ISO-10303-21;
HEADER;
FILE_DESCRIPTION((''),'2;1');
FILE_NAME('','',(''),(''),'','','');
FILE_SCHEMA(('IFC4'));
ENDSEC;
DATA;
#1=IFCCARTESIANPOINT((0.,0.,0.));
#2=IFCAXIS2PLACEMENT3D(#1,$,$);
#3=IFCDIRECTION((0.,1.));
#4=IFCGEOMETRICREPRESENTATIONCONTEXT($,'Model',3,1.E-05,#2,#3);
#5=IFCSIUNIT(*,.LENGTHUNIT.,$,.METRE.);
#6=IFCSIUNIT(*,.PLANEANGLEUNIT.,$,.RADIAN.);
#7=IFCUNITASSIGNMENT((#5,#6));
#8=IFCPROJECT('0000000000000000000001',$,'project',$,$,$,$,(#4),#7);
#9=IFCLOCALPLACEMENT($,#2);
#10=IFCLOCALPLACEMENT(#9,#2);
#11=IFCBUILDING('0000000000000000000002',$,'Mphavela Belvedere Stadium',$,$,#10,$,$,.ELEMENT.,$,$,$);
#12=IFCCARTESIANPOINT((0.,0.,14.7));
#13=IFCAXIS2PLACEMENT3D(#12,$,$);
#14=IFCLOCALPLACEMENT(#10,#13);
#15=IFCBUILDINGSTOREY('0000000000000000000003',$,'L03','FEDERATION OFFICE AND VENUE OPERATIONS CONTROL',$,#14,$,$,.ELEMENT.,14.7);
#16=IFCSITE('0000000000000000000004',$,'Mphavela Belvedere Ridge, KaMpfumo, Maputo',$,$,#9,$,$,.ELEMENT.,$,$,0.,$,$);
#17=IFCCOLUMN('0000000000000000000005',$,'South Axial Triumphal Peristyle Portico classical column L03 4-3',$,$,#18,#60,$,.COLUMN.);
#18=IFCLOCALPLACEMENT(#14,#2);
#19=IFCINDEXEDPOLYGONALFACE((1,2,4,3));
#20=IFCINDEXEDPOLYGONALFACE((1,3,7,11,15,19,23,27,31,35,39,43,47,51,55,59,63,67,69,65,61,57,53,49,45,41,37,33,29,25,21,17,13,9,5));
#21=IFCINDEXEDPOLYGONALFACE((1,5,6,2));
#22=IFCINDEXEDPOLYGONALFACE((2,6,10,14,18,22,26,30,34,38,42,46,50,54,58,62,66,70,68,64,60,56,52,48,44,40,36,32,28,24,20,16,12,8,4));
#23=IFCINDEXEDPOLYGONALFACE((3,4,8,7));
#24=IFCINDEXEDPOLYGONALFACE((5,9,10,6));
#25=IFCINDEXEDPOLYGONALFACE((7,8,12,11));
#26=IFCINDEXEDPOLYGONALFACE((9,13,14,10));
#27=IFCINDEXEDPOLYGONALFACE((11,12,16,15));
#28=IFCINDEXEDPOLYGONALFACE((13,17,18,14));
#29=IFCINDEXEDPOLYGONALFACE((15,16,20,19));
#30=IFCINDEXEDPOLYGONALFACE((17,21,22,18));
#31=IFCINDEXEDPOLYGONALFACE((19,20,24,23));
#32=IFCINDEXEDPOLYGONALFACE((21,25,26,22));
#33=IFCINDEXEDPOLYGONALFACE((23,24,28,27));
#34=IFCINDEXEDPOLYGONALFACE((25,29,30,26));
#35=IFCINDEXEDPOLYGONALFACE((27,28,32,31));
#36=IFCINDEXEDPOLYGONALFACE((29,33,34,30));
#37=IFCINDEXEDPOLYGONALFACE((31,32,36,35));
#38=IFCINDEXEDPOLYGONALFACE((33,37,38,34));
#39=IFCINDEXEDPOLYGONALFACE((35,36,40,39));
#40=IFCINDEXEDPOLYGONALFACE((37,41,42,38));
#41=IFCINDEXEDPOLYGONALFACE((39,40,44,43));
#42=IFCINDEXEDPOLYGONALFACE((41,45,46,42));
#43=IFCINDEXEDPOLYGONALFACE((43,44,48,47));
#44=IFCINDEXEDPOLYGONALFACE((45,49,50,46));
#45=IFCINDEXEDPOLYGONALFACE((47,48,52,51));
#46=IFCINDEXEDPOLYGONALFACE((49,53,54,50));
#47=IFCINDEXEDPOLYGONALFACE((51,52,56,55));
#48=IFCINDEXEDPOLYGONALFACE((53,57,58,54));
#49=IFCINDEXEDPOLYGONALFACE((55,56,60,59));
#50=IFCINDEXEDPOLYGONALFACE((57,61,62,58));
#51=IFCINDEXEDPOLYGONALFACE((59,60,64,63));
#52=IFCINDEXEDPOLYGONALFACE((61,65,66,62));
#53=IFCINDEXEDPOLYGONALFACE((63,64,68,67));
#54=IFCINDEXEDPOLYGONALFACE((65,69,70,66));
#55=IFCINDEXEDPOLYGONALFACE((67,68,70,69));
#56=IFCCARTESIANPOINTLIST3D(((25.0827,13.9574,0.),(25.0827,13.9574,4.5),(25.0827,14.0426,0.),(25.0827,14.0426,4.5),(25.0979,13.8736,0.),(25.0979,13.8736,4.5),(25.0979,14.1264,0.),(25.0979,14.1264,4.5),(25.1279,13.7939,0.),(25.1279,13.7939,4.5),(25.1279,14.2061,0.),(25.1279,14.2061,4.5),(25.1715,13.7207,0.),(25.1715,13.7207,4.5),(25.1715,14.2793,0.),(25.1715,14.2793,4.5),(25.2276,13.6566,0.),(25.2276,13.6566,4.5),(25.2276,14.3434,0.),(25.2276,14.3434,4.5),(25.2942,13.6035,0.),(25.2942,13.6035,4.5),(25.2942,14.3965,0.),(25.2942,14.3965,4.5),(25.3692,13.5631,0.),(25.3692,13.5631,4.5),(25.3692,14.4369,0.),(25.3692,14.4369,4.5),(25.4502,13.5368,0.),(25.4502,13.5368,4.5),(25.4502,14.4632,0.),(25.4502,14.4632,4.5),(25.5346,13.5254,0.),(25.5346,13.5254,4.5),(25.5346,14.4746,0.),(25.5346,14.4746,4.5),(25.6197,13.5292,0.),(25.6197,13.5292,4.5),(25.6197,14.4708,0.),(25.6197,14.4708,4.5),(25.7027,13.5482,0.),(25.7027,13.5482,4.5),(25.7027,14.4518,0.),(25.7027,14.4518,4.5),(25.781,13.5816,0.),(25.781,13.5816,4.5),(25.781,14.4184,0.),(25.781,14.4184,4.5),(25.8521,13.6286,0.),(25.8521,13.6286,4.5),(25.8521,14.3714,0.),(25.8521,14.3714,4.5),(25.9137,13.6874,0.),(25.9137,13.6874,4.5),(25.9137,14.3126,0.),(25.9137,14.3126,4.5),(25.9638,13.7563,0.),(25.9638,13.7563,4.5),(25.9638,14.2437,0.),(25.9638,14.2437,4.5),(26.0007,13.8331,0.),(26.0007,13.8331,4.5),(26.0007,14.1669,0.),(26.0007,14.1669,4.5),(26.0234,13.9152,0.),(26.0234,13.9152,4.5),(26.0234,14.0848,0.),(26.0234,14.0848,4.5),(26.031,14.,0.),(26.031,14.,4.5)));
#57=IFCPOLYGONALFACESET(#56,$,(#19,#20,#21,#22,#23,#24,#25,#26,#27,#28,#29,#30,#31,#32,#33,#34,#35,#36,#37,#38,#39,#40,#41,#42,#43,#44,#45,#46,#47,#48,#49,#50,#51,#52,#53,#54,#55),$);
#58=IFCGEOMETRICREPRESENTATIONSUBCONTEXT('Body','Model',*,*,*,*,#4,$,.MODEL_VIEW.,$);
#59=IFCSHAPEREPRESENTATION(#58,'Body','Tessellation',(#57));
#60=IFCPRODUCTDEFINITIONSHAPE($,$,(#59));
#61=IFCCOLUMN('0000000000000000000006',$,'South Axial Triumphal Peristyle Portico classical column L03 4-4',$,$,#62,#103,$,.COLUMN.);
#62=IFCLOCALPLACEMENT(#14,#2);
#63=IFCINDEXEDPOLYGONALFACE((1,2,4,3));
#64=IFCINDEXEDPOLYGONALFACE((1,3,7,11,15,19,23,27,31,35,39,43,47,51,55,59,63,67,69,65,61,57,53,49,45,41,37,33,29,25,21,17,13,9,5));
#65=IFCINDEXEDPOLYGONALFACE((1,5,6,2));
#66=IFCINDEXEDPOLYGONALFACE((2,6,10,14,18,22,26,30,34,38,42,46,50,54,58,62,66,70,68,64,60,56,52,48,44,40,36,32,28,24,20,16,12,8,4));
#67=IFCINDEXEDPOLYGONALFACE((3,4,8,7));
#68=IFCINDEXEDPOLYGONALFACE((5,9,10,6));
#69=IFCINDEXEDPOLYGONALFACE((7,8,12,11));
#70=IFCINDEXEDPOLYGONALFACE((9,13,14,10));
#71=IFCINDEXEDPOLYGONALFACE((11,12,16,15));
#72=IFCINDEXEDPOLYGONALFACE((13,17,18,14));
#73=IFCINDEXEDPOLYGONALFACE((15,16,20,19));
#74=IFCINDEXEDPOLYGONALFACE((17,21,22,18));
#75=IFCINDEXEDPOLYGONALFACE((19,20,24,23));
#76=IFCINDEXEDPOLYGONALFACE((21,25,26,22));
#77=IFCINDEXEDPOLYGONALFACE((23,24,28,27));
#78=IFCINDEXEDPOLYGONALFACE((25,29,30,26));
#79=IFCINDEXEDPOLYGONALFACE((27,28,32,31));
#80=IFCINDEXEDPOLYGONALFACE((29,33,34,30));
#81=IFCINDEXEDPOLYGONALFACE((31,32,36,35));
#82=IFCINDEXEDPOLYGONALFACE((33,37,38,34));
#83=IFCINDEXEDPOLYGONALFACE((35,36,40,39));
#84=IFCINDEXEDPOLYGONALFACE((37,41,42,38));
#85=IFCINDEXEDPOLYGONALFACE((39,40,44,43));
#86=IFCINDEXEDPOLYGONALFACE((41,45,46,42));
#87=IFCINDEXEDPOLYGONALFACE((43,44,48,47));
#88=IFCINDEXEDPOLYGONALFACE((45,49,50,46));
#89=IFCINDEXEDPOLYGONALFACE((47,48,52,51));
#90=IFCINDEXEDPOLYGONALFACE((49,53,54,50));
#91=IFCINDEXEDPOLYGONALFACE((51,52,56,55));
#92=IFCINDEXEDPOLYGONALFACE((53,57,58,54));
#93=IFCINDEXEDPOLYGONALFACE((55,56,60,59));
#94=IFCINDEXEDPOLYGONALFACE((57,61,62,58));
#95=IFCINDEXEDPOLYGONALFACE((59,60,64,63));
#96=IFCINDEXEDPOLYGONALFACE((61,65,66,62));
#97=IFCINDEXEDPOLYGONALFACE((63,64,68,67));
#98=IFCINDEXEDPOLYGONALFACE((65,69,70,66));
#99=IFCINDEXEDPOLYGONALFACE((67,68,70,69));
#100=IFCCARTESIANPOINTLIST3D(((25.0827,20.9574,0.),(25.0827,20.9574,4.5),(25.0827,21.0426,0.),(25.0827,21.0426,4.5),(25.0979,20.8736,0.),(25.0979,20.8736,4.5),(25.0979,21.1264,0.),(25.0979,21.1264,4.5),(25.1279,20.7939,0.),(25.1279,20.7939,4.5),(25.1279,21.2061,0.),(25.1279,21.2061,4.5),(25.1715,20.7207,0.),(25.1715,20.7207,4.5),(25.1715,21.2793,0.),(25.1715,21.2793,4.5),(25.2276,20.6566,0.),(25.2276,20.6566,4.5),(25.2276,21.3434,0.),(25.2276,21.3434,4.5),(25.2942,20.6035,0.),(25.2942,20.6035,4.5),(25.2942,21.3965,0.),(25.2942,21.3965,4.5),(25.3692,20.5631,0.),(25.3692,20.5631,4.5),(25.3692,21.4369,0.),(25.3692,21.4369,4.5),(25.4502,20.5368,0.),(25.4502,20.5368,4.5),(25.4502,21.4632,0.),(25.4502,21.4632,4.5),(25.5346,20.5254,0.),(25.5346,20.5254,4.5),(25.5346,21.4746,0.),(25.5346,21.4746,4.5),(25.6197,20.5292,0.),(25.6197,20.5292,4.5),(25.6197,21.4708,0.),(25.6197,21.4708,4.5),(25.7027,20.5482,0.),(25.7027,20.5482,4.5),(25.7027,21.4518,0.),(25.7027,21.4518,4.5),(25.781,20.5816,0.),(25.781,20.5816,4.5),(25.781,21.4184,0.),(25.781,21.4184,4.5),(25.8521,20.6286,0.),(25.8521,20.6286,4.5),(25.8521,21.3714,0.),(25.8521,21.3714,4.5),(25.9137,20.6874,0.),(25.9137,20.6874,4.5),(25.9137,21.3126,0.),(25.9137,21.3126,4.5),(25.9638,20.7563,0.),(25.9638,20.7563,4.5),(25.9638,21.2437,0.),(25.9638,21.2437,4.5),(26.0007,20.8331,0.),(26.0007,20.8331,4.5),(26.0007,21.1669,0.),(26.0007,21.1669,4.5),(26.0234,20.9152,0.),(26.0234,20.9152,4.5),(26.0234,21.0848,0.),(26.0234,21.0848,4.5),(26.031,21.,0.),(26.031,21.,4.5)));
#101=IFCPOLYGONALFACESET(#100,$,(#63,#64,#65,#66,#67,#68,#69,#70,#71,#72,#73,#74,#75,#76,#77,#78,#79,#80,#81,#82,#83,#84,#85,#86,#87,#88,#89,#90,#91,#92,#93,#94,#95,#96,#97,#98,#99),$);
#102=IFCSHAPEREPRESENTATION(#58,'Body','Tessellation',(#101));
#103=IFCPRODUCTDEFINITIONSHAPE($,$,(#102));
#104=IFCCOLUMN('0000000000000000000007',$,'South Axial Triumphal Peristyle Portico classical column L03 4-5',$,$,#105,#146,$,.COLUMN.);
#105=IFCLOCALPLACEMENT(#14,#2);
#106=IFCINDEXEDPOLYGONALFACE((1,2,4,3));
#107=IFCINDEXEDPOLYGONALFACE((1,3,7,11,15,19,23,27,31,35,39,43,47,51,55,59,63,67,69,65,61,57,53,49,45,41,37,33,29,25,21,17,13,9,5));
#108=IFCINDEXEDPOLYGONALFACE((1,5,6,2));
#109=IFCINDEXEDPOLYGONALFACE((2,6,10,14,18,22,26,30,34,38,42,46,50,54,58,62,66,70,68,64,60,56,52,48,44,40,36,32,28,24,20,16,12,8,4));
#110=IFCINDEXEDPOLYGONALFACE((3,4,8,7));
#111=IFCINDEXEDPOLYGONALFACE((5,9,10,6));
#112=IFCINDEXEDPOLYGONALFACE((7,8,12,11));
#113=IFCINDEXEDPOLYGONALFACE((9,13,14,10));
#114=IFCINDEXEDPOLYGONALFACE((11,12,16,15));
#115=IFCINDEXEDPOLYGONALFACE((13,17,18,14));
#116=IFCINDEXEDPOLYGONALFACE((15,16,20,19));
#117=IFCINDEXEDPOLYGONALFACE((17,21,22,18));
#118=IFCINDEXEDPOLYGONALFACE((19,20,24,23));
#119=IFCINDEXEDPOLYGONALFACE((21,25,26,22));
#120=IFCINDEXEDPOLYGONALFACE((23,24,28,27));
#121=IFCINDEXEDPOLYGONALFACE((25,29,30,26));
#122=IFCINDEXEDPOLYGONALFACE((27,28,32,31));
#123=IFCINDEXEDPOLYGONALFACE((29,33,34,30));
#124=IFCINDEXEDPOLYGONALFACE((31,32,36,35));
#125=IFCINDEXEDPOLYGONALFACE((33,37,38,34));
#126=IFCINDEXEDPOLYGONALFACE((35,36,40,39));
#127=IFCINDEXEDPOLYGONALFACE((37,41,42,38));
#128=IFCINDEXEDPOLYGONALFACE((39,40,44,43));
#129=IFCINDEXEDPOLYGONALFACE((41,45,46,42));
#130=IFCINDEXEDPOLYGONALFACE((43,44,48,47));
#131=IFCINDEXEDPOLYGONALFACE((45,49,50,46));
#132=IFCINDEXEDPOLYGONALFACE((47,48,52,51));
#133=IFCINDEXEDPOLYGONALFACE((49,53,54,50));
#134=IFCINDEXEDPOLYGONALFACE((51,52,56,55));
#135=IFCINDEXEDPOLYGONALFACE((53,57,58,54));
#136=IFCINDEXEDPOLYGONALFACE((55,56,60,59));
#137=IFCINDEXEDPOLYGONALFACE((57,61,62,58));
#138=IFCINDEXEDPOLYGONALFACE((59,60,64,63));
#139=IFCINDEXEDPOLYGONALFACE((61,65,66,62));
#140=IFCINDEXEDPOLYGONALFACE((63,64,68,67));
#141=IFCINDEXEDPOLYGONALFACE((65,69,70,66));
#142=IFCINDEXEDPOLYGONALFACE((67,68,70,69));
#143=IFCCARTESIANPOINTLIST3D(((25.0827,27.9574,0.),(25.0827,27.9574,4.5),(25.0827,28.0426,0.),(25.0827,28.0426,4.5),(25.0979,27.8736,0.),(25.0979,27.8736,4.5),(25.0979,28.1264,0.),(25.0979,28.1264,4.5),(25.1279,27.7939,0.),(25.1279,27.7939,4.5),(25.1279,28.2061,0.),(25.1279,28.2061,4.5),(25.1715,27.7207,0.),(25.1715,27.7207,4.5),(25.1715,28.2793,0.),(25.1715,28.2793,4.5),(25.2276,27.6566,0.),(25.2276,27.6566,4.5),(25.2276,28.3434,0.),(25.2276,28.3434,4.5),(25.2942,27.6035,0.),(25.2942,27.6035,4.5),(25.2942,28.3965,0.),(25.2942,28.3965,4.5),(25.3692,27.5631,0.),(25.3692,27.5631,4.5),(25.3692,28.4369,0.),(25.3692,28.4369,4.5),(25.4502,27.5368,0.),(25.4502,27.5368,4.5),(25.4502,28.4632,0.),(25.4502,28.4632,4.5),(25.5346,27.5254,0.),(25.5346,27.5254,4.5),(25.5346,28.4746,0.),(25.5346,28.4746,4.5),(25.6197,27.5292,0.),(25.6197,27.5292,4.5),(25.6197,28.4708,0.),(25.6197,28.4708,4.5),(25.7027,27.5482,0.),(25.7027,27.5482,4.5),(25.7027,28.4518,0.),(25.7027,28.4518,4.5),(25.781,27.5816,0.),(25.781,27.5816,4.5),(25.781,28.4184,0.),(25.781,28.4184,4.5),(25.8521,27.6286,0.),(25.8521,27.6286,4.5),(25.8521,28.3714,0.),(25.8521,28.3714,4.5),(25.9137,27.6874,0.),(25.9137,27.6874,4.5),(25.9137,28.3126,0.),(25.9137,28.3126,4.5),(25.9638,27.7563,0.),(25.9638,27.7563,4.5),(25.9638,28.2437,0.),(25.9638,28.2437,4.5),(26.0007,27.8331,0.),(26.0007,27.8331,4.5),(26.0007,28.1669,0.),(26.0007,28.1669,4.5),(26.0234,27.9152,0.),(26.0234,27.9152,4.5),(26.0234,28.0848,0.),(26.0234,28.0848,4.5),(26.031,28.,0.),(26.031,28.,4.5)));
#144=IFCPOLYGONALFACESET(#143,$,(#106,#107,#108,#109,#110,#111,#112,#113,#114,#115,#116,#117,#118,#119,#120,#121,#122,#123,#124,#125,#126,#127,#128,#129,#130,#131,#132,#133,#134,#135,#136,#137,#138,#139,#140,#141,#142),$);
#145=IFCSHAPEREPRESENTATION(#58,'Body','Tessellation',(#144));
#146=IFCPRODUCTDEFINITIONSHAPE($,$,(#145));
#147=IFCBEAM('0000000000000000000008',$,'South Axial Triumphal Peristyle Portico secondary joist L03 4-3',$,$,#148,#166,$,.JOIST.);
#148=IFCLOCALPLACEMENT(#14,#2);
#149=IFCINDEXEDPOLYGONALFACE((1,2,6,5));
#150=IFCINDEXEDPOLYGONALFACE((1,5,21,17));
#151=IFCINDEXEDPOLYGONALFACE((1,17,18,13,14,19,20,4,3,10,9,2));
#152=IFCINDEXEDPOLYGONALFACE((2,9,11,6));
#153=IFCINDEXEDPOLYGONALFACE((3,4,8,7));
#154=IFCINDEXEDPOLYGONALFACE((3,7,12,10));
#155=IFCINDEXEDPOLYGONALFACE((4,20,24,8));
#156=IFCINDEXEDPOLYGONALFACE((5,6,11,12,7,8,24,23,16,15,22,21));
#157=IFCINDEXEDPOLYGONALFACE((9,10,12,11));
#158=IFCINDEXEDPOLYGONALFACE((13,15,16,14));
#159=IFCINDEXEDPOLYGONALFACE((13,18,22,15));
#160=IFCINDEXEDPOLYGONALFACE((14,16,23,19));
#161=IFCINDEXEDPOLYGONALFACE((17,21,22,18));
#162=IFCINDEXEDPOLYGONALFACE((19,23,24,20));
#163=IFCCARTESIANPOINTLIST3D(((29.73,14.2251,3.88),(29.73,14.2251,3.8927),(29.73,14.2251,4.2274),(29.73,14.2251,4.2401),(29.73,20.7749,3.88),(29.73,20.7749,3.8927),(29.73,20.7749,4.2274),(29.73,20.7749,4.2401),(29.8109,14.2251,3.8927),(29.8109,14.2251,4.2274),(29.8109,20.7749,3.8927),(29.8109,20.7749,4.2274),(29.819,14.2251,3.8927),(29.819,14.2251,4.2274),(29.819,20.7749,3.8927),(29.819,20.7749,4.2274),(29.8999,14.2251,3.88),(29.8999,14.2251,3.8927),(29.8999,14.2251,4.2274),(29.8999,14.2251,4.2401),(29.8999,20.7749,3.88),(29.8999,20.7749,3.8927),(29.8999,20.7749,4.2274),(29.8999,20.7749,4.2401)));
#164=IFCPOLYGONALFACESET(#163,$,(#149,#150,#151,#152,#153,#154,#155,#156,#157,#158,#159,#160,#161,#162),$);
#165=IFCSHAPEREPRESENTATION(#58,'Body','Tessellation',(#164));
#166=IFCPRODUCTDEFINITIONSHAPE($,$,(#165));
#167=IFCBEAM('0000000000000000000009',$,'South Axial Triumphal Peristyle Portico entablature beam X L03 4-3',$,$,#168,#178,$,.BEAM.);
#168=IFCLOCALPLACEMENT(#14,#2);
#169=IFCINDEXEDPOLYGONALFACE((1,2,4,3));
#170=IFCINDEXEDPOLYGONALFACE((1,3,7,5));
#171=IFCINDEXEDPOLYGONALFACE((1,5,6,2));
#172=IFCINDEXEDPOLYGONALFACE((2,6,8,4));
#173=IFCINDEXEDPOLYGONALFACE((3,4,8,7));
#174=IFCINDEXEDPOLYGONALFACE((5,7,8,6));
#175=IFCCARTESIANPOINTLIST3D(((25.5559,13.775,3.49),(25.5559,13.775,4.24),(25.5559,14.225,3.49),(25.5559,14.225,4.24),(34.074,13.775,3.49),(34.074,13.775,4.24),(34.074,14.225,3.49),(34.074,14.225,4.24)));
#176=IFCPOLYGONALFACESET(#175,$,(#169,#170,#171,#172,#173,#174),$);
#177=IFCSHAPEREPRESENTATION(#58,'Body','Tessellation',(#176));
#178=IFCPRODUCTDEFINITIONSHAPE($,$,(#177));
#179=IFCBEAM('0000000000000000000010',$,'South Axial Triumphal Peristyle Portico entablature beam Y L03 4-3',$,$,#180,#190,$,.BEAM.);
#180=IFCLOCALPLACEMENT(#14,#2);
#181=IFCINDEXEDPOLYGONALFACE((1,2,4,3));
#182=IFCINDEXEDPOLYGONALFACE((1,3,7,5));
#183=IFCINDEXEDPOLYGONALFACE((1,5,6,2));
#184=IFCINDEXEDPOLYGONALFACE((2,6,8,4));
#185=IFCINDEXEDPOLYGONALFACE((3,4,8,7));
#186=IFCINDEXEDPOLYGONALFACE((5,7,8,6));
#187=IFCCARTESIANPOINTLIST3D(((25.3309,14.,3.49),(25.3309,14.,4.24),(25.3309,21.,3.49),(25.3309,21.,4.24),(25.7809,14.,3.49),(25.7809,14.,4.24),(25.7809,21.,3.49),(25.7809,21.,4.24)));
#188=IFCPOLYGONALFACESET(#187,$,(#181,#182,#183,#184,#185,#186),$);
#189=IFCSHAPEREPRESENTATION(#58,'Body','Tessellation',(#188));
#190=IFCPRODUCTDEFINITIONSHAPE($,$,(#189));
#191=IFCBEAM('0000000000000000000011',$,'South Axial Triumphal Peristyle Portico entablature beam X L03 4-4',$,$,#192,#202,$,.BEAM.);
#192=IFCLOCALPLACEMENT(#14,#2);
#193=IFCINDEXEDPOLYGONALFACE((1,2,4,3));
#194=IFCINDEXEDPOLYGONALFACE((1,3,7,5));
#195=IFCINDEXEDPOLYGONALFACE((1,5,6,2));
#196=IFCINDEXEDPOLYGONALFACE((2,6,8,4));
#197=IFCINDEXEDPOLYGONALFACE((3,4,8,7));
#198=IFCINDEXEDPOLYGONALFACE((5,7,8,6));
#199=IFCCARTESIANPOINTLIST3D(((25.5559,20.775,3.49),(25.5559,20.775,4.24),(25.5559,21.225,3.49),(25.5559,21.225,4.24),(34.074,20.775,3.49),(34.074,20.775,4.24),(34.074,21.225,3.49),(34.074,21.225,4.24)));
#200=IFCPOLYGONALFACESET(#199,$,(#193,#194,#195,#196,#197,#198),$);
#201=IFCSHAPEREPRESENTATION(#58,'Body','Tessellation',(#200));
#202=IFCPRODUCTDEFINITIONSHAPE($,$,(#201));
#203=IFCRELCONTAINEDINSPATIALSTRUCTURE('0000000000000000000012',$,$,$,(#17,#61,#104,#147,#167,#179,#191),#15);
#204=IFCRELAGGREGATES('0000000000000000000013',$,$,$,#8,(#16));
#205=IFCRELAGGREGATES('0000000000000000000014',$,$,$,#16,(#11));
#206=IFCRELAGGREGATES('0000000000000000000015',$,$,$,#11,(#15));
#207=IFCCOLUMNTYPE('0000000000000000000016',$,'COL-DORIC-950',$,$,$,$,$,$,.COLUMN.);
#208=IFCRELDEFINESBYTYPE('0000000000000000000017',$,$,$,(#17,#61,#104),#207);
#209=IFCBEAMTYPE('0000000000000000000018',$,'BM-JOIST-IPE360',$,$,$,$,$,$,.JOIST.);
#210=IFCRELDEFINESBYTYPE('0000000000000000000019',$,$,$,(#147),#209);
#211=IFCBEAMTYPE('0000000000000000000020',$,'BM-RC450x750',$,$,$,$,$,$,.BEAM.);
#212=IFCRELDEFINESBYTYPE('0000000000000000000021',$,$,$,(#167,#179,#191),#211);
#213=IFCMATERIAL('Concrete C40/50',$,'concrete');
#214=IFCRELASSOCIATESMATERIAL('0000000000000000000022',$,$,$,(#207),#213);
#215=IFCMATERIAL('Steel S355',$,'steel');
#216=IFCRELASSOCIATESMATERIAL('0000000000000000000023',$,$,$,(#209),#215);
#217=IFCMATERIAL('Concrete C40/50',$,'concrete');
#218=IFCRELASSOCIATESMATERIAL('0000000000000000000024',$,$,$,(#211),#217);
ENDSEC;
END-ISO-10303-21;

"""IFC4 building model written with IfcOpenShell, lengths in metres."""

from ifc_helpers import new_model, si_unit, direction, frame, origin, origin_2d, place, context, subcontext, project, spatial, rectangle, circle, i_section, extrude, material, material_profile, profile_set, type_object, element, save


model = new_model("IFC4")

# Units and contexts
model_context = context("Model", 3, precision=1e-05, world=origin(), true_north=direction((0.0, 1.0)))
body_context = subcontext(model_context, "Body", "Model", "MODEL_VIEW")
ifc_project = project(units=[si_unit("LENGTHUNIT", "METRE"), si_unit("PLANEANGLEUNIT", "RADIAN")], contexts=[model_context])

# Site, building, storey
site_placement = place(None, origin())
site = spatial("IfcSite", under=ifc_project, at=site_placement, Name="Mphavela Belvedere Ridge, KaMpfumo, Maputo", CompositionType="ELEMENT", RefElevation=0.0)
building_placement = place(site_placement, origin())
building = spatial("IfcBuilding", under=site, at=building_placement, Name="Mphavela Belvedere Stadium", CompositionType="ELEMENT")
storey_placement = place(building_placement, frame((0.0, 0.0, 14.7)))
storey = spatial("IfcBuildingStorey", under=building, at=storey_placement, Name="L03", Description="FEDERATION OFFICE AND VENUE OPERATIONS CONTROL", CompositionType="ELEMENT", Elevation=14.7)

# Columns
ifc_material_1 = material(Name="Concrete C40/50", Category="concrete")
ifc_material_profile_1 = material_profile(ifc_material_1, circle(Radius=0.4751, at=origin_2d()), Name="COL D950")
ifc_profile_set_1 = profile_set([ifc_material_profile_1], Name="Concrete C40/50")
column_type = type_object("IfcColumnType", Name="COL-DORIC-950", PredefinedType="COLUMN", material=ifc_profile_set_1)
for number, where, z_axis, x_axis, name in (
    (1, (25.5559, 14.0, 0.0), (0.0, 0.0, 1.0), (1.0, 0.0, 0.0), "South Axial Triumphal Peristyle Portico classical column L03 4-3"),
    (2, (25.5559, 21.0, 0.0), (0.0, 0.0, 1.0), (1.0, 0.0, 0.0), "South Axial Triumphal Peristyle Portico classical column L03 4-4"),
    (3, (25.5559, 28.0, 0.0), (0.0, 0.0, 1.0), (1.0, 0.0, 0.0), "South Axial Triumphal Peristyle Portico classical column L03 4-5"),
):
    element("IfcColumn", number, at=place(storey_placement, frame(where, z_axis=z_axis, x_axis=x_axis)), inside=storey, type_object=column_type, Name=name, PredefinedType="COLUMN", context=body_context, shape_type="SweptSolid", body=[
        extrude(circle(Radius=0.4751, at=origin_2d()), origin(), (0.0, 0.0, 1.0), 4.5),
    ])

# Beams
ifc_material_2 = material(Name="Steel S355", Category="steel")
ifc_material_profile_2 = material_profile(ifc_material_2, i_section(OverallWidth=0.1699, OverallDepth=0.3601, WebThickness=0.0081, FlangeThickness=0.0127, at=origin_2d()), Name="IPE 360")
ifc_profile_set_2 = profile_set([ifc_material_profile_2], Name="Steel S355")
beam_type_1 = type_object("IfcBeamType", Name="BM-JOIST-IPE360", PredefinedType="JOIST", material=ifc_profile_set_2)
beam_1_placement = place(storey_placement, frame((29.8149, 14.2251, 4.0601), z_axis=(0.0, 1.0, 0.0), x_axis=(-1.0, 0.0, 0.0)))
element("IfcBeam", 4, at=beam_1_placement, inside=storey, type_object=beam_type_1, Name="South Axial Triumphal Peristyle Portico secondary joist L03 4-3", PredefinedType="JOIST", context=body_context, shape_type="SweptSolid", body=[
    extrude(i_section(OverallWidth=0.1699, OverallDepth=0.3601, WebThickness=0.0081, FlangeThickness=0.0127, at=origin_2d()), origin(), (0.0, 0.0, 1.0), 6.5498),
])
ifc_material_3 = material(Name="Concrete C40/50", Category="concrete")
ifc_material_profile_3 = material_profile(ifc_material_3, rectangle(XDim=0.45, YDim=0.75, at=origin_2d()), Name="RC 450x750")
ifc_profile_set_3 = profile_set([ifc_material_profile_3], Name="Concrete C40/50")
beam_type_2 = type_object("IfcBeamType", Name="BM-RC450x750", PredefinedType="BEAM", material=ifc_profile_set_3)
beam_2_placement = place(storey_placement, frame((25.5559, 14.0, 3.865), z_axis=(1.0, 0.0, 0.0), x_axis=(0.0, 1.0, 0.0)))
element("IfcBeam", 5, at=beam_2_placement, inside=storey, type_object=beam_type_2, Name="South Axial Triumphal Peristyle Portico entablature beam X L03 4-3", PredefinedType="BEAM", context=body_context, shape_type="SweptSolid", body=[
    extrude(rectangle(XDim=0.45, YDim=0.75, at=origin_2d()), origin(), (0.0, 0.0, 1.0), 8.5181),
])
beam_3_placement = place(storey_placement, frame((25.5559, 14.0, 3.865), z_axis=(0.0, 1.0, 0.0), x_axis=(-1.0, 0.0, 0.0)))
element("IfcBeam", 6, at=beam_3_placement, inside=storey, type_object=beam_type_2, Name="South Axial Triumphal Peristyle Portico entablature beam Y L03 4-3", PredefinedType="BEAM", context=body_context, shape_type="SweptSolid", body=[
    extrude(rectangle(XDim=0.45, YDim=0.75, at=origin_2d()), origin(), (0.0, 0.0, 1.0), 7.0),
])
beam_4_placement = place(storey_placement, frame((25.5559, 21.0, 3.865), z_axis=(1.0, 0.0, 0.0), x_axis=(0.0, 1.0, 0.0)))
element("IfcBeam", 7, at=beam_4_placement, inside=storey, type_object=beam_type_2, Name="South Axial Triumphal Peristyle Portico entablature beam X L03 4-4", PredefinedType="BEAM", context=body_context, shape_type="SweptSolid", body=[
    extrude(rectangle(XDim=0.45, YDim=0.75, at=origin_2d()), origin(), (0.0, 0.0, 1.0), 8.5181),
])

save(model, "model.ifc")
